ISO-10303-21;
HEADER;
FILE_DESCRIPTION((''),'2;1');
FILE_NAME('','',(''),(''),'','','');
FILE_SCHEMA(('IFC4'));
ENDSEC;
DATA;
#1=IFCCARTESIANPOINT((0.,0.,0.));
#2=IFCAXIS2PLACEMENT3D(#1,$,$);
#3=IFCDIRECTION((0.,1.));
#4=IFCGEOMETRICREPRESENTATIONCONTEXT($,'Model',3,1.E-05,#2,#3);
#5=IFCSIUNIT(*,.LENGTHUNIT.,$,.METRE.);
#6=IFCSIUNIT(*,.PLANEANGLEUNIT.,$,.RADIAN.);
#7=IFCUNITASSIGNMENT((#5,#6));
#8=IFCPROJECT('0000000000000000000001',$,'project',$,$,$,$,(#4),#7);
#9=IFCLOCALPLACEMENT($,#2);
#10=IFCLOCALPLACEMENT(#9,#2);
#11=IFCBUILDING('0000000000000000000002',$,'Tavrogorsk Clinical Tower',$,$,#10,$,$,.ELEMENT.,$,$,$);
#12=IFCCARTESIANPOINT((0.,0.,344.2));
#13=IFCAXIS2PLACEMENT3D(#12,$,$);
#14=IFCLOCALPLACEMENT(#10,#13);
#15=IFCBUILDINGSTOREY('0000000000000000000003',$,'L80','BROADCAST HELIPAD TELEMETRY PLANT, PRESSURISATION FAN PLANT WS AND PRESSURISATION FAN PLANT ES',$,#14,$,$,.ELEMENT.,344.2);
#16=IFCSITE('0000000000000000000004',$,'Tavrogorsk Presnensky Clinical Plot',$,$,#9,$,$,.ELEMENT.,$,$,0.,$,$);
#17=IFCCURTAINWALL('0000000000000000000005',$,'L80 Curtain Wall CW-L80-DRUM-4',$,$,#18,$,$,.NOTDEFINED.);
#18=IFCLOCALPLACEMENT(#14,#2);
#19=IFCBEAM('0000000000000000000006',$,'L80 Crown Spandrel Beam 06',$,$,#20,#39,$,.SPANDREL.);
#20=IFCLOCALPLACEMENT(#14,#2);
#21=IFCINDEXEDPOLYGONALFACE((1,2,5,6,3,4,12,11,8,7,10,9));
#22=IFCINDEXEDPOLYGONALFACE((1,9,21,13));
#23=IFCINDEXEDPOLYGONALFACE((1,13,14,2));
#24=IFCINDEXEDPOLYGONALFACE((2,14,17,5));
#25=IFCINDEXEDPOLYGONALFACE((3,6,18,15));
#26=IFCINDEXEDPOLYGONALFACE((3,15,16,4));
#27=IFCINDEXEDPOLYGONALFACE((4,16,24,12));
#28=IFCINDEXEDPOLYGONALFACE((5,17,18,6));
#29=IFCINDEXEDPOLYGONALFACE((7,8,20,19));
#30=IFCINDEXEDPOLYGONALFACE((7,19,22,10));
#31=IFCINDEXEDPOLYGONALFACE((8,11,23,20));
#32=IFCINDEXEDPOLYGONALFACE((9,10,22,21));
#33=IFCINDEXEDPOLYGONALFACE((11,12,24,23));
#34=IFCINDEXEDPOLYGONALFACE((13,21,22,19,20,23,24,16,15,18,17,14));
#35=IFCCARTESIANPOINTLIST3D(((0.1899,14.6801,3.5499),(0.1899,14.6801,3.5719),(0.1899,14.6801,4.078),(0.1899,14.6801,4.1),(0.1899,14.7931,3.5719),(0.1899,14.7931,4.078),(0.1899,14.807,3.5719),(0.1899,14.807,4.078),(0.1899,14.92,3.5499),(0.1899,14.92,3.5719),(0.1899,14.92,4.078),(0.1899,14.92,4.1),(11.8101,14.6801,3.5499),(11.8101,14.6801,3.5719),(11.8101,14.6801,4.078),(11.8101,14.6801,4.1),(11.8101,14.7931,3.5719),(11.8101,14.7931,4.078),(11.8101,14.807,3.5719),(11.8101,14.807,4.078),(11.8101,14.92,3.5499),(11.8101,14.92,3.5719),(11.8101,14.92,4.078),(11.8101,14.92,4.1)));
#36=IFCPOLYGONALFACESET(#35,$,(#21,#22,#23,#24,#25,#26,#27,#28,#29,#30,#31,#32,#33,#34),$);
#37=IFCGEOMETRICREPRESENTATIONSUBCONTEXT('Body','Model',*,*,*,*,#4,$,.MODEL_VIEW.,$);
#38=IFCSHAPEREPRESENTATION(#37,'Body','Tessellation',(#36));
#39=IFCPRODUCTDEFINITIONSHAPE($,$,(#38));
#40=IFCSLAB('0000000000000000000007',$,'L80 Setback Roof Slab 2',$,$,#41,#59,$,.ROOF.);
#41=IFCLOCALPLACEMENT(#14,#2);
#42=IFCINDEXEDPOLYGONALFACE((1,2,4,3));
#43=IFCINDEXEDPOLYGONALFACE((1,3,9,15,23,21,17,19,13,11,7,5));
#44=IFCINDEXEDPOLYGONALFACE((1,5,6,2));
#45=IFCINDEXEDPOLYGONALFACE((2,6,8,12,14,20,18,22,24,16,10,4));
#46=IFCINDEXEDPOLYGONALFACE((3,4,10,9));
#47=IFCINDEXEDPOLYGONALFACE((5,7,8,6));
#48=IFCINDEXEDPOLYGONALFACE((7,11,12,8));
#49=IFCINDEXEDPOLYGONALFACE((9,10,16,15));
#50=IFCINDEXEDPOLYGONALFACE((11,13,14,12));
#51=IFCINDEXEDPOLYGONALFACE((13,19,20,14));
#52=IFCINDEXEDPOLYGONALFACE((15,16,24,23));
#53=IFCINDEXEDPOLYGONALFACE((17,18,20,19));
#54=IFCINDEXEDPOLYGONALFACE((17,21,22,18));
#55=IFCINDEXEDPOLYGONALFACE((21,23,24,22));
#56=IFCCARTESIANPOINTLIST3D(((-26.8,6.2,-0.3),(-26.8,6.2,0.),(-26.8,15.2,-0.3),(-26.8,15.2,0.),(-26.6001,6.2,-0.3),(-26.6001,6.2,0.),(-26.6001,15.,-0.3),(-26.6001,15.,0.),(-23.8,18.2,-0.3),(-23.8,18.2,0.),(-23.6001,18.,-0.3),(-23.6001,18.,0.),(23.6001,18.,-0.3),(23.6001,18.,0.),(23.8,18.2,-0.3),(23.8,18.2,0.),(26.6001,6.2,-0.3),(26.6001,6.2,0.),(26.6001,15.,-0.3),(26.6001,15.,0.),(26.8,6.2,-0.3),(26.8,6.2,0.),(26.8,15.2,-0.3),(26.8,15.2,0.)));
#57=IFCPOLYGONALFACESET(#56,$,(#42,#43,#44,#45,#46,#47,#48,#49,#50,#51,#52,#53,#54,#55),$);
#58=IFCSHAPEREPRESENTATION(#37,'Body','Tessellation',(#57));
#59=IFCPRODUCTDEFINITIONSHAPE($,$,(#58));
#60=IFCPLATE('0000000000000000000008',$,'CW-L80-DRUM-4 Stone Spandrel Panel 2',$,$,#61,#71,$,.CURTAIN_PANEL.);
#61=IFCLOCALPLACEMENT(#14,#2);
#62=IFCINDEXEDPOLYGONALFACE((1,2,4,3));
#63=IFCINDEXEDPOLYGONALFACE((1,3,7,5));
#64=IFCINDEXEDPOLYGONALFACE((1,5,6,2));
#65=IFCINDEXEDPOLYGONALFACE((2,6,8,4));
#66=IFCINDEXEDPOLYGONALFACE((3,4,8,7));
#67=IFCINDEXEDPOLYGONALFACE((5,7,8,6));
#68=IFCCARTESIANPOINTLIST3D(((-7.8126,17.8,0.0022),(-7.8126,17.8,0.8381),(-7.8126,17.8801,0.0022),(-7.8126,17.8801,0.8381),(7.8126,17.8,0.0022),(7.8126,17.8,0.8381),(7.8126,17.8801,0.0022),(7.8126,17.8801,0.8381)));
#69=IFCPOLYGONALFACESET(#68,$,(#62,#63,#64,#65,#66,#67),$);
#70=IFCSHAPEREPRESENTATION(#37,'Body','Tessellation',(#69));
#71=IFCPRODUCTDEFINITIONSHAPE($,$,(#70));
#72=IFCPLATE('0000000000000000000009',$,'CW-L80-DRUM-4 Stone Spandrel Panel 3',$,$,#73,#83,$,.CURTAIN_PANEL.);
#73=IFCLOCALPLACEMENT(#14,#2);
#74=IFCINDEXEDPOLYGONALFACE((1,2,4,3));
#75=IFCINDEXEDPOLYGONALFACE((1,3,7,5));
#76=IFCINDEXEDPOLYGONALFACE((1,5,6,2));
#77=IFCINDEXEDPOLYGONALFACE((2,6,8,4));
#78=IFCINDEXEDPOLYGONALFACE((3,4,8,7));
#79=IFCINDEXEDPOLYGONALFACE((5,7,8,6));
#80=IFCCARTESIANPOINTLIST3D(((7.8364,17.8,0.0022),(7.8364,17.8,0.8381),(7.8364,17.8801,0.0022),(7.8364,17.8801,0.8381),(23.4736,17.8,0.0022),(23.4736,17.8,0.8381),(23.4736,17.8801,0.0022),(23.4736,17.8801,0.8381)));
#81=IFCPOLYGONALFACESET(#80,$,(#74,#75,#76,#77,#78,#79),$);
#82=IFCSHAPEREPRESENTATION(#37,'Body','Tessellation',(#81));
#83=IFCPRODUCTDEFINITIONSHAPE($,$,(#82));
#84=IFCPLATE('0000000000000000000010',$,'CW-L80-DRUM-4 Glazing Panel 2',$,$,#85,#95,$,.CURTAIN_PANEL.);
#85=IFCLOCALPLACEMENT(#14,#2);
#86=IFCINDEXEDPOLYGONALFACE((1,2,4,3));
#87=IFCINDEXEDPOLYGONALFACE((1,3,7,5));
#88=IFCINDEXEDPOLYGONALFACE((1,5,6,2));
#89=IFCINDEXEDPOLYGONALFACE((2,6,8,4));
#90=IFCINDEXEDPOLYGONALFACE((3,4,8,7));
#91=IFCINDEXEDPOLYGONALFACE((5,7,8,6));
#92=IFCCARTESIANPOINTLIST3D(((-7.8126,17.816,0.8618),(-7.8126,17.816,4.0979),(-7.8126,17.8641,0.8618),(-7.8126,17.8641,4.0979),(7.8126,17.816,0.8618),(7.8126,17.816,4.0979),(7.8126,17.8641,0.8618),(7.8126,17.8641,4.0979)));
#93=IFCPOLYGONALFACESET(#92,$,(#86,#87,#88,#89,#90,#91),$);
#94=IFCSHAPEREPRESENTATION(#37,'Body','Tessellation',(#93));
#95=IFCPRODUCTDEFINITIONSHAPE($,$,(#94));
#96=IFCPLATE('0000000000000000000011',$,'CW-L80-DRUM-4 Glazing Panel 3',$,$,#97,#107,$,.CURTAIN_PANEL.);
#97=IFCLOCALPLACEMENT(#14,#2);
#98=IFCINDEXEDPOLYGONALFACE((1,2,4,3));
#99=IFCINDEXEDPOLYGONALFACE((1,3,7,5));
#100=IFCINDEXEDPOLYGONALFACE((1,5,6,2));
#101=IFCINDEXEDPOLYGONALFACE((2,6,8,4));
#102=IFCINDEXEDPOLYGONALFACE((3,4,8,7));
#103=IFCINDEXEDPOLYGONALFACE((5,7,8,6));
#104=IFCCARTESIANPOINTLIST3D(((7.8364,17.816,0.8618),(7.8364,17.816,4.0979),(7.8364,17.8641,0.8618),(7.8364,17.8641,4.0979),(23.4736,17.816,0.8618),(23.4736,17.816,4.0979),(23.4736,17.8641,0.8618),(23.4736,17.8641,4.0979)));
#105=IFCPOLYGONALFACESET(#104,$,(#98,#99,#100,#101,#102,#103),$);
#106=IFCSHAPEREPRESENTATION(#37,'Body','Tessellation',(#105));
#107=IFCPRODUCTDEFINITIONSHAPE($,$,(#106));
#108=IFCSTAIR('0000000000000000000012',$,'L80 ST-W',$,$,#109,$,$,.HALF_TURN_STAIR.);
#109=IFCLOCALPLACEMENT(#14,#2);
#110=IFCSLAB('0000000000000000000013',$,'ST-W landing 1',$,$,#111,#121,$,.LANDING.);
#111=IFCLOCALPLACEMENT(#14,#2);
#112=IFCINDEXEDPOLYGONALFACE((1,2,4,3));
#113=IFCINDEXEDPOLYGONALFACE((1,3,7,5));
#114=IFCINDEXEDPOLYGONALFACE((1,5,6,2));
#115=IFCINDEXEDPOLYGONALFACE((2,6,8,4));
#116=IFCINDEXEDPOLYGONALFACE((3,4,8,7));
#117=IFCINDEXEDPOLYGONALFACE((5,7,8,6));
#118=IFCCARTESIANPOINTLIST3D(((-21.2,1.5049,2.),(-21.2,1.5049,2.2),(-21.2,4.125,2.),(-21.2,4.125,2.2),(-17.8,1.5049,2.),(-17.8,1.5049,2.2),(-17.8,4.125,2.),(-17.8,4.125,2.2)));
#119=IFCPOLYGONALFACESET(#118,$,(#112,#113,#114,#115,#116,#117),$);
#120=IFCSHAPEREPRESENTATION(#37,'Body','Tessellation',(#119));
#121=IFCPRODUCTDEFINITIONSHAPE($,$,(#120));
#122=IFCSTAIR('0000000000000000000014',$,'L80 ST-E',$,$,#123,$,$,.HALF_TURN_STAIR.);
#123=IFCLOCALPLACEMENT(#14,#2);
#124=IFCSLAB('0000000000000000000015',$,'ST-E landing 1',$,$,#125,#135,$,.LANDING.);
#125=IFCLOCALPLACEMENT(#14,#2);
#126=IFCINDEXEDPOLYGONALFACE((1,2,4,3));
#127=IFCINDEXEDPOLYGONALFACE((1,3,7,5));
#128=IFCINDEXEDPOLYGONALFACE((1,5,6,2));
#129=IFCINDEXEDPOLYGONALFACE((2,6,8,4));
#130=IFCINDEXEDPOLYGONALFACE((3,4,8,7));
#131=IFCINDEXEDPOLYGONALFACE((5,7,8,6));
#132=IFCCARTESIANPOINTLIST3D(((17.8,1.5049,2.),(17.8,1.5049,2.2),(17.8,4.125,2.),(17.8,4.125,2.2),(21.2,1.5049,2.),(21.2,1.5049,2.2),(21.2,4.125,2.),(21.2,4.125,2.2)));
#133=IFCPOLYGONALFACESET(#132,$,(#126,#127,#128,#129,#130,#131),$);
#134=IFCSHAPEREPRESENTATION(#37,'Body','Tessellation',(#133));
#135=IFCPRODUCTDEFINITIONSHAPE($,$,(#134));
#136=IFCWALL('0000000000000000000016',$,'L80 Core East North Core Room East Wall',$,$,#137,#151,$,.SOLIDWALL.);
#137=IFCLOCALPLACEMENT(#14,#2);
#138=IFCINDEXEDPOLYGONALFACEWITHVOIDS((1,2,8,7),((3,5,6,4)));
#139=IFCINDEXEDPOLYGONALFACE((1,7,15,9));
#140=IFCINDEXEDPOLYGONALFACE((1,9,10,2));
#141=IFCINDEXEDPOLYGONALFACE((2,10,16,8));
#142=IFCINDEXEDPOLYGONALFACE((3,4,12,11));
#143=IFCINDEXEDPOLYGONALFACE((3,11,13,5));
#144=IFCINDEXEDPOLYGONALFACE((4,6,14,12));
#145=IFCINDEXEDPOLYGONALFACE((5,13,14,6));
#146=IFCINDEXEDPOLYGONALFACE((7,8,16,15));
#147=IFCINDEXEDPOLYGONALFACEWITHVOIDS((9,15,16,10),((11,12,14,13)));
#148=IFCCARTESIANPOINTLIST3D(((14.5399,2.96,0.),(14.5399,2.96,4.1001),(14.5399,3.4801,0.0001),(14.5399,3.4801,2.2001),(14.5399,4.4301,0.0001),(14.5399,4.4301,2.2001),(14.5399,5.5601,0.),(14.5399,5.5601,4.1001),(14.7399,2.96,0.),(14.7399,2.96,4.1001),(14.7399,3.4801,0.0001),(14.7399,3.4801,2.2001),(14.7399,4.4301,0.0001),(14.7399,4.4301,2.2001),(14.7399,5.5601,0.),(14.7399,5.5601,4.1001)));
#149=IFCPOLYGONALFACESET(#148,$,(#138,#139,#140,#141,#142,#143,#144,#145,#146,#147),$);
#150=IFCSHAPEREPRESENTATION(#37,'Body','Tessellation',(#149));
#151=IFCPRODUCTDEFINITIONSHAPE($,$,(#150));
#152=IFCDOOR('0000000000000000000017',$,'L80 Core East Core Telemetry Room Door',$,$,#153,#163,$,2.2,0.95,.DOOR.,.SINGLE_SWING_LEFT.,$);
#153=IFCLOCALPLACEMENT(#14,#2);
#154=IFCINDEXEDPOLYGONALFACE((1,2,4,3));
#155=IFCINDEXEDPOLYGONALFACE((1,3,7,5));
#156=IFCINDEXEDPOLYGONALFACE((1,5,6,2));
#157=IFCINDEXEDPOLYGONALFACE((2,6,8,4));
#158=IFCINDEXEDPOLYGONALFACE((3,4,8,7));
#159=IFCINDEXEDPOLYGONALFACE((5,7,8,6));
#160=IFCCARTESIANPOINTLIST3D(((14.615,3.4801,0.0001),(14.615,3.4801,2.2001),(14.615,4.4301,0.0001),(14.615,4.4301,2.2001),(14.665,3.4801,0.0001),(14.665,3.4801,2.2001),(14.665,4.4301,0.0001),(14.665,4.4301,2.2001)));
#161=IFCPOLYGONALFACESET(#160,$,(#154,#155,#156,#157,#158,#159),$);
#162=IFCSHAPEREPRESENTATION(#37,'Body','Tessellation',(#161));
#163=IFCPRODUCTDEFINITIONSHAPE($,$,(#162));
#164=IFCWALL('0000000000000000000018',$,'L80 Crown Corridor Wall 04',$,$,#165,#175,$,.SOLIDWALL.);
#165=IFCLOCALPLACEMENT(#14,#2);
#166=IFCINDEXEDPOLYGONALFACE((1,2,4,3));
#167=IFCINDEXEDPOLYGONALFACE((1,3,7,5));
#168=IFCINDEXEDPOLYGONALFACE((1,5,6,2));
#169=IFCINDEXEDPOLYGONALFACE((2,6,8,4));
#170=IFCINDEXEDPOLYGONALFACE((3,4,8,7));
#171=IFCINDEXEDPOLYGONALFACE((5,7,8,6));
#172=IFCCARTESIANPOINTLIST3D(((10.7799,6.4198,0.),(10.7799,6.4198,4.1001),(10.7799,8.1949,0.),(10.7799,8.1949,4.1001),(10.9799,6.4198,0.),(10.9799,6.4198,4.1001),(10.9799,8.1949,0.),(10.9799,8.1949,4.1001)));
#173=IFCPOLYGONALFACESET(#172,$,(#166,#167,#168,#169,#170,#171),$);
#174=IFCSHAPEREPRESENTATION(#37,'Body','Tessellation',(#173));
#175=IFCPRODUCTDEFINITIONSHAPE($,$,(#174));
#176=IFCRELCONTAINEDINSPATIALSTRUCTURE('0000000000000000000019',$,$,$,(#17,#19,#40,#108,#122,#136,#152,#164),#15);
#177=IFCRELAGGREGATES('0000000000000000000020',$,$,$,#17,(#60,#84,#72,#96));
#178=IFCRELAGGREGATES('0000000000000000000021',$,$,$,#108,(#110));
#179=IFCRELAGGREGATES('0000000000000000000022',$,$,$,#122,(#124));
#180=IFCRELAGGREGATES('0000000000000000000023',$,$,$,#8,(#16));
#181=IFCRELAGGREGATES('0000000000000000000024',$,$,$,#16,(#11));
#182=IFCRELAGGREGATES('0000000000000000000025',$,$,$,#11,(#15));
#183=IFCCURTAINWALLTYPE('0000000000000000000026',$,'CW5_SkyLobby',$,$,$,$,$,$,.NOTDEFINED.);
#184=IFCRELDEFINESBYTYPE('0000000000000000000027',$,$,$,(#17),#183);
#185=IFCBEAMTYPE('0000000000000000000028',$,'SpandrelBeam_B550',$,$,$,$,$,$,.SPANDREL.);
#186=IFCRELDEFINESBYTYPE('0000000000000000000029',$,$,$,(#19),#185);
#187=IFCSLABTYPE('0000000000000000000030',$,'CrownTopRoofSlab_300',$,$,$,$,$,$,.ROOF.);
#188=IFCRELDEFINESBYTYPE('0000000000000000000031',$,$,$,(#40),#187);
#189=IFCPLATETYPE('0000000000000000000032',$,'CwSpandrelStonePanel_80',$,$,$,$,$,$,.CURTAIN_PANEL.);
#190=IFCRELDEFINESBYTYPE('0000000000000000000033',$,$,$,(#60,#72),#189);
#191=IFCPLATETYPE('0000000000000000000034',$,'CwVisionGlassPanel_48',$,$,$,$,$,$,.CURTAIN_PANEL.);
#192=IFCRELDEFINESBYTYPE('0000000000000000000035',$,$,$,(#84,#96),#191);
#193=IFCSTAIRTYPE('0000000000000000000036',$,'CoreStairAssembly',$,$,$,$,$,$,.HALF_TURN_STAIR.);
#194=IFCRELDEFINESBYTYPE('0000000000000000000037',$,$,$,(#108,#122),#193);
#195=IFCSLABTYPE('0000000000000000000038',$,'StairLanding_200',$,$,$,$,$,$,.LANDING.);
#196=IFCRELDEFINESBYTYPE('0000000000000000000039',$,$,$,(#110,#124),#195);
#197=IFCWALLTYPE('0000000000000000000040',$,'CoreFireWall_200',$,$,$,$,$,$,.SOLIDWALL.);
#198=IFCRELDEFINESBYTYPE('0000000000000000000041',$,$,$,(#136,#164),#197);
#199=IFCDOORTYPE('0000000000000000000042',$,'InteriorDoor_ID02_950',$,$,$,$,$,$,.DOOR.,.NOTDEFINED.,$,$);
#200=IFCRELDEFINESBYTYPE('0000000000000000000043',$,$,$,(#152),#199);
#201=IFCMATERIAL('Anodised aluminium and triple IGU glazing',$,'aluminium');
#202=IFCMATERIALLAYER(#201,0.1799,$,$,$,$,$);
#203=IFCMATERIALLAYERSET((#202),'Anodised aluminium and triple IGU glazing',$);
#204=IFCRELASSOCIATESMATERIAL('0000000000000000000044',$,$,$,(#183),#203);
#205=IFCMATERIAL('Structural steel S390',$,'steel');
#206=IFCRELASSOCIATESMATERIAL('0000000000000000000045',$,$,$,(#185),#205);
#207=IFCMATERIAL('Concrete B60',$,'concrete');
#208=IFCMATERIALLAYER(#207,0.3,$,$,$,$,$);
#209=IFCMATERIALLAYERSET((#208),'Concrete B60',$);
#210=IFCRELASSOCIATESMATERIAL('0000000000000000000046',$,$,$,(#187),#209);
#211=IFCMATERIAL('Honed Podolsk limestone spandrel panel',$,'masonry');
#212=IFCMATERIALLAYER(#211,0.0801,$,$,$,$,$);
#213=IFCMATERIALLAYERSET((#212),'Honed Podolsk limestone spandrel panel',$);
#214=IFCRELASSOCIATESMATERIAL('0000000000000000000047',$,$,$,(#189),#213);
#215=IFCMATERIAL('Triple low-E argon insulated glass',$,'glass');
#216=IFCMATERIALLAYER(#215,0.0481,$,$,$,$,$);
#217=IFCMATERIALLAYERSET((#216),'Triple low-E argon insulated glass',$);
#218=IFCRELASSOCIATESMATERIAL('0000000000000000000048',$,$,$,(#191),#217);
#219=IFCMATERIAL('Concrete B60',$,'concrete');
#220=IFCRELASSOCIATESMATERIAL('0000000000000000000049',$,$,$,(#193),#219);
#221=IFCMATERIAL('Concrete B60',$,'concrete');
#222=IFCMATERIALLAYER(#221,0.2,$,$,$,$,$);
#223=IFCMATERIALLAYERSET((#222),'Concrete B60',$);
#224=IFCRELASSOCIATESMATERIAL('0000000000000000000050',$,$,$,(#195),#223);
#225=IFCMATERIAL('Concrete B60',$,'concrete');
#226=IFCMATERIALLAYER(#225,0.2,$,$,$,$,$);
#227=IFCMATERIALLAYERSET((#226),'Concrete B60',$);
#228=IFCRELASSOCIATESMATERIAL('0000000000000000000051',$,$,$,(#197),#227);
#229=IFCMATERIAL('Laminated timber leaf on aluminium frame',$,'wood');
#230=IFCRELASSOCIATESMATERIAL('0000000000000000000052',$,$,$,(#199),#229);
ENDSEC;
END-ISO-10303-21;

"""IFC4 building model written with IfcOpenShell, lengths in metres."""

from ifc_helpers import new_model, si_unit, direction, frame, frame_2d, origin, origin_2d, place, context, subcontext, project, spatial, polyline, rectangle, i_section, outline, extrude, material, layer, layer_set, material_profile, profile_set, type_object, element, fill, aggregate, save


model = new_model("IFC4")

# Units and contexts
model_context = context("Model", 3, precision=1e-05, world=origin(), true_north=direction((0.0, 1.0)))
body_context = subcontext(model_context, "Body", "Model", "MODEL_VIEW")
ifc_project = project(units=[si_unit("LENGTHUNIT", "METRE"), si_unit("PLANEANGLEUNIT", "RADIAN")], contexts=[model_context])

# Site, building, storey
site_placement = place(None, origin())
site = spatial("IfcSite", under=ifc_project, at=site_placement, Name="Tavrogorsk Presnensky Clinical Plot", CompositionType="ELEMENT", RefElevation=0.0)
building_placement = place(site_placement, origin())
building = spatial("IfcBuilding", under=site, at=building_placement, Name="Tavrogorsk Clinical Tower", CompositionType="ELEMENT")
storey_placement = place(building_placement, frame((0.0, 0.0, 344.2)))
storey = spatial("IfcBuildingStorey", under=building, at=storey_placement, Name="L80", Description="BROADCAST HELIPAD TELEMETRY PLANT, PRESSURISATION FAN PLANT WS AND PRESSURISATION FAN PLANT ES", CompositionType="ELEMENT", Elevation=344.2)

# Curtain wall
ifc_material_1 = material(Name="Anodised aluminium and triple IGU glazing", Category="aluminium")
ifc_layer_1 = layer(ifc_material_1, 0.1799)
ifc_layer_set_1 = layer_set([ifc_layer_1], Name="Anodised aluminium and triple IGU glazing")
curtain_wall_type = type_object("IfcCurtainWallType", Name="CW5_SkyLobby", PredefinedType="NOTDEFINED", material=ifc_layer_set_1)
curtain_wall_placement = place(storey_placement, origin())
curtain_wall = element("IfcCurtainWall", 1, at=curtain_wall_placement, inside=storey, type_object=curtain_wall_type, Name="L80 Curtain Wall CW-L80-DRUM-4", PredefinedType="NOTDEFINED")

# Beam
ifc_material_2 = material(Name="Structural steel S390", Category="steel")
ifc_material_profile_1 = material_profile(ifc_material_2, i_section(OverallWidth=0.24, OverallDepth=0.55, WebThickness=0.0139, FlangeThickness=0.022, at=origin_2d()), Name="B-550x240x14x22")
ifc_profile_set_1 = profile_set([ifc_material_profile_1], Name="Structural steel S390")
beam_type_1 = type_object("IfcBeamType", Name="SpandrelBeam_B550", PredefinedType="SPANDREL", material=ifc_profile_set_1)
beam_1_placement = place(storey_placement, frame((11.8101, 14.8, 3.825), z_axis=(-1.0, 0.0, 0.0), x_axis=(0.0, -1.0, 0.0)))
element("IfcBeam", 2, at=beam_1_placement, inside=storey, type_object=beam_type_1, Name="L80 Crown Spandrel Beam 06", PredefinedType="SPANDREL", context=body_context, shape_type="SweptSolid", body=[
    extrude(i_section(OverallWidth=0.24, OverallDepth=0.55, WebThickness=0.0139, FlangeThickness=0.022, at=origin_2d()), origin(), (0.0, 0.0, 1.0), 11.6201),
])

# Slab
ifc_material_3 = material(Name="Concrete B60", Category="concrete")
ifc_layer_2 = layer(ifc_material_3, 0.3)
ifc_layer_set_2 = layer_set([ifc_layer_2], Name="Concrete B60")
slab_type_1 = type_object("IfcSlabType", Name="CrownTopRoofSlab_300", PredefinedType="ROOF", material=ifc_layer_set_2)
slab_1_placement = place(storey_placement, frame((0.0, 0.0, -0.3)))
element("IfcSlab", 3, at=slab_1_placement, inside=storey, type_object=slab_type_1, Name="L80 Setback Roof Slab 2", PredefinedType="ROOF", context=body_context, shape_type="SweptSolid", body=[
    extrude(outline(polyline([(-26.8, 15.2), (-23.8, 18.2), (23.8, 18.2), (26.8, 15.2), (26.8, 6.2), (26.6001, 6.2), (26.6001, 15.0), (23.6001, 18.0), (-23.6001, 18.0), (-26.6001, 15.0), (-26.6001, 6.2), (-26.8, 6.2), (-26.8, 15.2)])), origin(), (0.0, 0.0, 1.0), 0.3),
])

# Plates
ifc_material_4 = material(Name="Honed Podolsk limestone spandrel panel", Category="masonry")
ifc_layer_3 = layer(ifc_material_4, 0.0801)
ifc_layer_set_3 = layer_set([ifc_layer_3], Name="Honed Podolsk limestone spandrel panel")
plate_type_1 = type_object("IfcPlateType", Name="CwSpandrelStonePanel_80", PredefinedType="CURTAIN_PANEL", material=ifc_layer_set_3)
plate_1_placement = place(storey_placement, frame((0.0, 17.8401, 0.0022), z_axis=(0.0, 0.0, 1.0), x_axis=(1.0, 0.0, 0.0)))
plate_1 = element("IfcPlate", 4, at=plate_1_placement, type_object=plate_type_1, Name="CW-L80-DRUM-4 Stone Spandrel Panel 2", PredefinedType="CURTAIN_PANEL", context=body_context, shape_type="SweptSolid", body=[
    extrude(rectangle(XDim=15.6252, YDim=0.0801, at=origin_2d()), origin(), (0.0, 0.0, 1.0), 0.8359),
])
plate_2_placement = place(storey_placement, frame((15.655, 17.8401, 0.0022), z_axis=(0.0, 0.0, 1.0), x_axis=(1.0, 0.0, 0.0)))
plate_2 = element("IfcPlate", 5, at=plate_2_placement, type_object=plate_type_1, Name="CW-L80-DRUM-4 Stone Spandrel Panel 3", PredefinedType="CURTAIN_PANEL", context=body_context, shape_type="SweptSolid", body=[
    extrude(rectangle(XDim=15.6372, YDim=0.0801, at=origin_2d()), origin(), (0.0, 0.0, 1.0), 0.8359),
])
ifc_material_5 = material(Name="Triple low-E argon insulated glass", Category="glass")
ifc_layer_4 = layer(ifc_material_5, 0.0481)
ifc_layer_set_4 = layer_set([ifc_layer_4], Name="Triple low-E argon insulated glass")
plate_type_2 = type_object("IfcPlateType", Name="CwVisionGlassPanel_48", PredefinedType="CURTAIN_PANEL", material=ifc_layer_set_4)
plate_3_placement = place(storey_placement, frame((0.0, 17.8401, 0.8618), z_axis=(0.0, 0.0, 1.0), x_axis=(1.0, 0.0, 0.0)))
plate_3 = element("IfcPlate", 6, at=plate_3_placement, type_object=plate_type_2, Name="CW-L80-DRUM-4 Glazing Panel 2", PredefinedType="CURTAIN_PANEL", context=body_context, shape_type="SweptSolid", body=[
    extrude(rectangle(XDim=15.6252, YDim=0.0481, at=origin_2d()), origin(), (0.0, 0.0, 1.0), 3.2361),
])
plate_4_placement = place(storey_placement, frame((15.655, 17.8401, 0.8618), z_axis=(0.0, 0.0, 1.0), x_axis=(1.0, 0.0, 0.0)))
plate_4 = element("IfcPlate", 7, at=plate_4_placement, type_object=plate_type_2, Name="CW-L80-DRUM-4 Glazing Panel 3", PredefinedType="CURTAIN_PANEL", context=body_context, shape_type="SweptSolid", body=[
    extrude(rectangle(XDim=15.6372, YDim=0.0481, at=origin_2d()), origin(), (0.0, 0.0, 1.0), 3.2361),
])
aggregate(curtain_wall, [plate_1, plate_3, plate_2, plate_4])

# Stairs, slabs
ifc_material_6 = material(Name="Concrete B60", Category="concrete")
stair_type = type_object("IfcStairType", Name="CoreStairAssembly", PredefinedType="HALF_TURN_STAIR", material=ifc_material_6)
stair_1_placement = place(storey_placement, origin())
stair_1 = element("IfcStair", 8, at=stair_1_placement, inside=storey, type_object=stair_type, Name="L80 ST-W", PredefinedType="HALF_TURN_STAIR")
ifc_material_7 = material(Name="Concrete B60", Category="concrete")
ifc_layer_5 = layer(ifc_material_7, 0.2)
ifc_layer_set_5 = layer_set([ifc_layer_5], Name="Concrete B60")
slab_type_2 = type_object("IfcSlabType", Name="StairLanding_200", PredefinedType="LANDING", material=ifc_layer_set_5)
slab_2_placement = place(storey_placement, frame((0.0, 0.0, 2.0)))
slab_2 = element("IfcSlab", 9, at=slab_2_placement, type_object=slab_type_2, Name="ST-W landing 1", PredefinedType="LANDING", context=body_context, shape_type="SweptSolid", body=[
    extrude(outline(polyline([(-17.8, 1.5049), (-17.8, 4.125), (-21.2, 4.125), (-21.2, 1.5049), (-17.8, 1.5049)])), origin(), (0.0, 0.0, 1.0), 0.2),
])
aggregate(stair_1, [slab_2])
stair_2_placement = place(storey_placement, origin())
stair_2 = element("IfcStair", 10, at=stair_2_placement, inside=storey, type_object=stair_type, Name="L80 ST-E", PredefinedType="HALF_TURN_STAIR")
slab_3_placement = place(storey_placement, frame((0.0, 0.0, 2.0)))
slab_3 = element("IfcSlab", 11, at=slab_3_placement, type_object=slab_type_2, Name="ST-E landing 1", PredefinedType="LANDING", context=body_context, shape_type="SweptSolid", body=[
    extrude(outline(polyline([(21.2, 1.5049), (21.2, 4.125), (17.8, 4.125), (17.8, 1.5049), (21.2, 1.5049)])), origin(), (0.0, 0.0, 1.0), 0.2),
])
aggregate(stair_2, [slab_3])

# Wall, opening, door
ifc_material_8 = material(Name="Concrete B60", Category="concrete")
ifc_layer_6 = layer(ifc_material_8, 0.2)
ifc_layer_set_6 = layer_set([ifc_layer_6], Name="Concrete B60")
wall_type_1 = type_object("IfcWallType", Name="CoreFireWall_200", PredefinedType="SOLIDWALL", material=ifc_layer_set_6)
wall_1_placement = place(storey_placement, frame((14.6399, 2.96, 0.0), z_axis=(0.0, 0.0, 1.0), x_axis=(0.0, 1.0, 0.0)))
wall_1 = element("IfcWall", 12, at=wall_1_placement, inside=storey, type_object=wall_type_1, Name="L80 Core East North Core Room East Wall", PredefinedType="SOLIDWALL", context=body_context, shape_type="SweptSolid", body=[
    extrude(rectangle(XDim=2.6001, YDim=0.2, at=frame_2d((1.3, 0.0))), origin(), (0.0, 0.0, 1.0), 4.1001),
])
opening_1_placement = place(wall_1_placement, frame((0.52, 0.0, 0.0)))
opening_1 = element("IfcOpeningElement", 13, at=opening_1_placement, cuts=wall_1, PredefinedType="OPENING", context=body_context, shape_type="SweptSolid", body=[
    extrude(rectangle(XDim=0.95, YDim=2.2, at=frame_2d((0.4751, 1.1001))), frame((0.0, 0.1099, 0.0), z_axis=(0.0, -1.0, 0.0), x_axis=(1.0, 0.0, 0.0)), (0.0, 0.0, 1.0), 0.22),
])
ifc_material_9 = material(Name="Laminated timber leaf on aluminium frame", Category="wood")
door_type_1 = type_object("IfcDoorType", Name="InteriorDoor_ID02_950", OperationType="NOTDEFINED", PredefinedType="DOOR", material=ifc_material_9)
door_1_placement = place(opening_1_placement, origin())
door_1 = element("IfcDoor", 14, at=door_1_placement, inside=storey, type_object=door_type_1, Name="L80 Core East Core Telemetry Room Door", OperationType="SINGLE_SWING_LEFT", OverallHeight=2.2, OverallWidth=0.95, PredefinedType="DOOR", context=body_context, shape_type="SweptSolid", body=[
    extrude(rectangle(XDim=0.95, YDim=2.2, at=frame_2d((0.4751, 1.1001))), frame((0.0, 0.0249, 0.0), z_axis=(0.0, -1.0, 0.0), x_axis=(1.0, 0.0, 0.0)), (0.0, 0.0, 1.0), 0.05),
])
fill(opening_1, door_1)

# Wall
wall_2_placement = place(storey_placement, frame((10.8799, 8.1951, 0.0), z_axis=(0.0, 0.0, 1.0), x_axis=(0.0, -1.0, 0.0)))
element("IfcWall", 15, at=wall_2_placement, inside=storey, type_object=wall_type_1, Name="L80 Crown Corridor Wall 04", PredefinedType="SOLIDWALL", context=body_context, shape_type="SweptSolid", body=[
    extrude(rectangle(XDim=1.7751, YDim=0.2, at=frame_2d((0.8877, 0.0))), origin(), (0.0, 0.0, 1.0), 4.1001),
])

save(model, "model.ifc")
